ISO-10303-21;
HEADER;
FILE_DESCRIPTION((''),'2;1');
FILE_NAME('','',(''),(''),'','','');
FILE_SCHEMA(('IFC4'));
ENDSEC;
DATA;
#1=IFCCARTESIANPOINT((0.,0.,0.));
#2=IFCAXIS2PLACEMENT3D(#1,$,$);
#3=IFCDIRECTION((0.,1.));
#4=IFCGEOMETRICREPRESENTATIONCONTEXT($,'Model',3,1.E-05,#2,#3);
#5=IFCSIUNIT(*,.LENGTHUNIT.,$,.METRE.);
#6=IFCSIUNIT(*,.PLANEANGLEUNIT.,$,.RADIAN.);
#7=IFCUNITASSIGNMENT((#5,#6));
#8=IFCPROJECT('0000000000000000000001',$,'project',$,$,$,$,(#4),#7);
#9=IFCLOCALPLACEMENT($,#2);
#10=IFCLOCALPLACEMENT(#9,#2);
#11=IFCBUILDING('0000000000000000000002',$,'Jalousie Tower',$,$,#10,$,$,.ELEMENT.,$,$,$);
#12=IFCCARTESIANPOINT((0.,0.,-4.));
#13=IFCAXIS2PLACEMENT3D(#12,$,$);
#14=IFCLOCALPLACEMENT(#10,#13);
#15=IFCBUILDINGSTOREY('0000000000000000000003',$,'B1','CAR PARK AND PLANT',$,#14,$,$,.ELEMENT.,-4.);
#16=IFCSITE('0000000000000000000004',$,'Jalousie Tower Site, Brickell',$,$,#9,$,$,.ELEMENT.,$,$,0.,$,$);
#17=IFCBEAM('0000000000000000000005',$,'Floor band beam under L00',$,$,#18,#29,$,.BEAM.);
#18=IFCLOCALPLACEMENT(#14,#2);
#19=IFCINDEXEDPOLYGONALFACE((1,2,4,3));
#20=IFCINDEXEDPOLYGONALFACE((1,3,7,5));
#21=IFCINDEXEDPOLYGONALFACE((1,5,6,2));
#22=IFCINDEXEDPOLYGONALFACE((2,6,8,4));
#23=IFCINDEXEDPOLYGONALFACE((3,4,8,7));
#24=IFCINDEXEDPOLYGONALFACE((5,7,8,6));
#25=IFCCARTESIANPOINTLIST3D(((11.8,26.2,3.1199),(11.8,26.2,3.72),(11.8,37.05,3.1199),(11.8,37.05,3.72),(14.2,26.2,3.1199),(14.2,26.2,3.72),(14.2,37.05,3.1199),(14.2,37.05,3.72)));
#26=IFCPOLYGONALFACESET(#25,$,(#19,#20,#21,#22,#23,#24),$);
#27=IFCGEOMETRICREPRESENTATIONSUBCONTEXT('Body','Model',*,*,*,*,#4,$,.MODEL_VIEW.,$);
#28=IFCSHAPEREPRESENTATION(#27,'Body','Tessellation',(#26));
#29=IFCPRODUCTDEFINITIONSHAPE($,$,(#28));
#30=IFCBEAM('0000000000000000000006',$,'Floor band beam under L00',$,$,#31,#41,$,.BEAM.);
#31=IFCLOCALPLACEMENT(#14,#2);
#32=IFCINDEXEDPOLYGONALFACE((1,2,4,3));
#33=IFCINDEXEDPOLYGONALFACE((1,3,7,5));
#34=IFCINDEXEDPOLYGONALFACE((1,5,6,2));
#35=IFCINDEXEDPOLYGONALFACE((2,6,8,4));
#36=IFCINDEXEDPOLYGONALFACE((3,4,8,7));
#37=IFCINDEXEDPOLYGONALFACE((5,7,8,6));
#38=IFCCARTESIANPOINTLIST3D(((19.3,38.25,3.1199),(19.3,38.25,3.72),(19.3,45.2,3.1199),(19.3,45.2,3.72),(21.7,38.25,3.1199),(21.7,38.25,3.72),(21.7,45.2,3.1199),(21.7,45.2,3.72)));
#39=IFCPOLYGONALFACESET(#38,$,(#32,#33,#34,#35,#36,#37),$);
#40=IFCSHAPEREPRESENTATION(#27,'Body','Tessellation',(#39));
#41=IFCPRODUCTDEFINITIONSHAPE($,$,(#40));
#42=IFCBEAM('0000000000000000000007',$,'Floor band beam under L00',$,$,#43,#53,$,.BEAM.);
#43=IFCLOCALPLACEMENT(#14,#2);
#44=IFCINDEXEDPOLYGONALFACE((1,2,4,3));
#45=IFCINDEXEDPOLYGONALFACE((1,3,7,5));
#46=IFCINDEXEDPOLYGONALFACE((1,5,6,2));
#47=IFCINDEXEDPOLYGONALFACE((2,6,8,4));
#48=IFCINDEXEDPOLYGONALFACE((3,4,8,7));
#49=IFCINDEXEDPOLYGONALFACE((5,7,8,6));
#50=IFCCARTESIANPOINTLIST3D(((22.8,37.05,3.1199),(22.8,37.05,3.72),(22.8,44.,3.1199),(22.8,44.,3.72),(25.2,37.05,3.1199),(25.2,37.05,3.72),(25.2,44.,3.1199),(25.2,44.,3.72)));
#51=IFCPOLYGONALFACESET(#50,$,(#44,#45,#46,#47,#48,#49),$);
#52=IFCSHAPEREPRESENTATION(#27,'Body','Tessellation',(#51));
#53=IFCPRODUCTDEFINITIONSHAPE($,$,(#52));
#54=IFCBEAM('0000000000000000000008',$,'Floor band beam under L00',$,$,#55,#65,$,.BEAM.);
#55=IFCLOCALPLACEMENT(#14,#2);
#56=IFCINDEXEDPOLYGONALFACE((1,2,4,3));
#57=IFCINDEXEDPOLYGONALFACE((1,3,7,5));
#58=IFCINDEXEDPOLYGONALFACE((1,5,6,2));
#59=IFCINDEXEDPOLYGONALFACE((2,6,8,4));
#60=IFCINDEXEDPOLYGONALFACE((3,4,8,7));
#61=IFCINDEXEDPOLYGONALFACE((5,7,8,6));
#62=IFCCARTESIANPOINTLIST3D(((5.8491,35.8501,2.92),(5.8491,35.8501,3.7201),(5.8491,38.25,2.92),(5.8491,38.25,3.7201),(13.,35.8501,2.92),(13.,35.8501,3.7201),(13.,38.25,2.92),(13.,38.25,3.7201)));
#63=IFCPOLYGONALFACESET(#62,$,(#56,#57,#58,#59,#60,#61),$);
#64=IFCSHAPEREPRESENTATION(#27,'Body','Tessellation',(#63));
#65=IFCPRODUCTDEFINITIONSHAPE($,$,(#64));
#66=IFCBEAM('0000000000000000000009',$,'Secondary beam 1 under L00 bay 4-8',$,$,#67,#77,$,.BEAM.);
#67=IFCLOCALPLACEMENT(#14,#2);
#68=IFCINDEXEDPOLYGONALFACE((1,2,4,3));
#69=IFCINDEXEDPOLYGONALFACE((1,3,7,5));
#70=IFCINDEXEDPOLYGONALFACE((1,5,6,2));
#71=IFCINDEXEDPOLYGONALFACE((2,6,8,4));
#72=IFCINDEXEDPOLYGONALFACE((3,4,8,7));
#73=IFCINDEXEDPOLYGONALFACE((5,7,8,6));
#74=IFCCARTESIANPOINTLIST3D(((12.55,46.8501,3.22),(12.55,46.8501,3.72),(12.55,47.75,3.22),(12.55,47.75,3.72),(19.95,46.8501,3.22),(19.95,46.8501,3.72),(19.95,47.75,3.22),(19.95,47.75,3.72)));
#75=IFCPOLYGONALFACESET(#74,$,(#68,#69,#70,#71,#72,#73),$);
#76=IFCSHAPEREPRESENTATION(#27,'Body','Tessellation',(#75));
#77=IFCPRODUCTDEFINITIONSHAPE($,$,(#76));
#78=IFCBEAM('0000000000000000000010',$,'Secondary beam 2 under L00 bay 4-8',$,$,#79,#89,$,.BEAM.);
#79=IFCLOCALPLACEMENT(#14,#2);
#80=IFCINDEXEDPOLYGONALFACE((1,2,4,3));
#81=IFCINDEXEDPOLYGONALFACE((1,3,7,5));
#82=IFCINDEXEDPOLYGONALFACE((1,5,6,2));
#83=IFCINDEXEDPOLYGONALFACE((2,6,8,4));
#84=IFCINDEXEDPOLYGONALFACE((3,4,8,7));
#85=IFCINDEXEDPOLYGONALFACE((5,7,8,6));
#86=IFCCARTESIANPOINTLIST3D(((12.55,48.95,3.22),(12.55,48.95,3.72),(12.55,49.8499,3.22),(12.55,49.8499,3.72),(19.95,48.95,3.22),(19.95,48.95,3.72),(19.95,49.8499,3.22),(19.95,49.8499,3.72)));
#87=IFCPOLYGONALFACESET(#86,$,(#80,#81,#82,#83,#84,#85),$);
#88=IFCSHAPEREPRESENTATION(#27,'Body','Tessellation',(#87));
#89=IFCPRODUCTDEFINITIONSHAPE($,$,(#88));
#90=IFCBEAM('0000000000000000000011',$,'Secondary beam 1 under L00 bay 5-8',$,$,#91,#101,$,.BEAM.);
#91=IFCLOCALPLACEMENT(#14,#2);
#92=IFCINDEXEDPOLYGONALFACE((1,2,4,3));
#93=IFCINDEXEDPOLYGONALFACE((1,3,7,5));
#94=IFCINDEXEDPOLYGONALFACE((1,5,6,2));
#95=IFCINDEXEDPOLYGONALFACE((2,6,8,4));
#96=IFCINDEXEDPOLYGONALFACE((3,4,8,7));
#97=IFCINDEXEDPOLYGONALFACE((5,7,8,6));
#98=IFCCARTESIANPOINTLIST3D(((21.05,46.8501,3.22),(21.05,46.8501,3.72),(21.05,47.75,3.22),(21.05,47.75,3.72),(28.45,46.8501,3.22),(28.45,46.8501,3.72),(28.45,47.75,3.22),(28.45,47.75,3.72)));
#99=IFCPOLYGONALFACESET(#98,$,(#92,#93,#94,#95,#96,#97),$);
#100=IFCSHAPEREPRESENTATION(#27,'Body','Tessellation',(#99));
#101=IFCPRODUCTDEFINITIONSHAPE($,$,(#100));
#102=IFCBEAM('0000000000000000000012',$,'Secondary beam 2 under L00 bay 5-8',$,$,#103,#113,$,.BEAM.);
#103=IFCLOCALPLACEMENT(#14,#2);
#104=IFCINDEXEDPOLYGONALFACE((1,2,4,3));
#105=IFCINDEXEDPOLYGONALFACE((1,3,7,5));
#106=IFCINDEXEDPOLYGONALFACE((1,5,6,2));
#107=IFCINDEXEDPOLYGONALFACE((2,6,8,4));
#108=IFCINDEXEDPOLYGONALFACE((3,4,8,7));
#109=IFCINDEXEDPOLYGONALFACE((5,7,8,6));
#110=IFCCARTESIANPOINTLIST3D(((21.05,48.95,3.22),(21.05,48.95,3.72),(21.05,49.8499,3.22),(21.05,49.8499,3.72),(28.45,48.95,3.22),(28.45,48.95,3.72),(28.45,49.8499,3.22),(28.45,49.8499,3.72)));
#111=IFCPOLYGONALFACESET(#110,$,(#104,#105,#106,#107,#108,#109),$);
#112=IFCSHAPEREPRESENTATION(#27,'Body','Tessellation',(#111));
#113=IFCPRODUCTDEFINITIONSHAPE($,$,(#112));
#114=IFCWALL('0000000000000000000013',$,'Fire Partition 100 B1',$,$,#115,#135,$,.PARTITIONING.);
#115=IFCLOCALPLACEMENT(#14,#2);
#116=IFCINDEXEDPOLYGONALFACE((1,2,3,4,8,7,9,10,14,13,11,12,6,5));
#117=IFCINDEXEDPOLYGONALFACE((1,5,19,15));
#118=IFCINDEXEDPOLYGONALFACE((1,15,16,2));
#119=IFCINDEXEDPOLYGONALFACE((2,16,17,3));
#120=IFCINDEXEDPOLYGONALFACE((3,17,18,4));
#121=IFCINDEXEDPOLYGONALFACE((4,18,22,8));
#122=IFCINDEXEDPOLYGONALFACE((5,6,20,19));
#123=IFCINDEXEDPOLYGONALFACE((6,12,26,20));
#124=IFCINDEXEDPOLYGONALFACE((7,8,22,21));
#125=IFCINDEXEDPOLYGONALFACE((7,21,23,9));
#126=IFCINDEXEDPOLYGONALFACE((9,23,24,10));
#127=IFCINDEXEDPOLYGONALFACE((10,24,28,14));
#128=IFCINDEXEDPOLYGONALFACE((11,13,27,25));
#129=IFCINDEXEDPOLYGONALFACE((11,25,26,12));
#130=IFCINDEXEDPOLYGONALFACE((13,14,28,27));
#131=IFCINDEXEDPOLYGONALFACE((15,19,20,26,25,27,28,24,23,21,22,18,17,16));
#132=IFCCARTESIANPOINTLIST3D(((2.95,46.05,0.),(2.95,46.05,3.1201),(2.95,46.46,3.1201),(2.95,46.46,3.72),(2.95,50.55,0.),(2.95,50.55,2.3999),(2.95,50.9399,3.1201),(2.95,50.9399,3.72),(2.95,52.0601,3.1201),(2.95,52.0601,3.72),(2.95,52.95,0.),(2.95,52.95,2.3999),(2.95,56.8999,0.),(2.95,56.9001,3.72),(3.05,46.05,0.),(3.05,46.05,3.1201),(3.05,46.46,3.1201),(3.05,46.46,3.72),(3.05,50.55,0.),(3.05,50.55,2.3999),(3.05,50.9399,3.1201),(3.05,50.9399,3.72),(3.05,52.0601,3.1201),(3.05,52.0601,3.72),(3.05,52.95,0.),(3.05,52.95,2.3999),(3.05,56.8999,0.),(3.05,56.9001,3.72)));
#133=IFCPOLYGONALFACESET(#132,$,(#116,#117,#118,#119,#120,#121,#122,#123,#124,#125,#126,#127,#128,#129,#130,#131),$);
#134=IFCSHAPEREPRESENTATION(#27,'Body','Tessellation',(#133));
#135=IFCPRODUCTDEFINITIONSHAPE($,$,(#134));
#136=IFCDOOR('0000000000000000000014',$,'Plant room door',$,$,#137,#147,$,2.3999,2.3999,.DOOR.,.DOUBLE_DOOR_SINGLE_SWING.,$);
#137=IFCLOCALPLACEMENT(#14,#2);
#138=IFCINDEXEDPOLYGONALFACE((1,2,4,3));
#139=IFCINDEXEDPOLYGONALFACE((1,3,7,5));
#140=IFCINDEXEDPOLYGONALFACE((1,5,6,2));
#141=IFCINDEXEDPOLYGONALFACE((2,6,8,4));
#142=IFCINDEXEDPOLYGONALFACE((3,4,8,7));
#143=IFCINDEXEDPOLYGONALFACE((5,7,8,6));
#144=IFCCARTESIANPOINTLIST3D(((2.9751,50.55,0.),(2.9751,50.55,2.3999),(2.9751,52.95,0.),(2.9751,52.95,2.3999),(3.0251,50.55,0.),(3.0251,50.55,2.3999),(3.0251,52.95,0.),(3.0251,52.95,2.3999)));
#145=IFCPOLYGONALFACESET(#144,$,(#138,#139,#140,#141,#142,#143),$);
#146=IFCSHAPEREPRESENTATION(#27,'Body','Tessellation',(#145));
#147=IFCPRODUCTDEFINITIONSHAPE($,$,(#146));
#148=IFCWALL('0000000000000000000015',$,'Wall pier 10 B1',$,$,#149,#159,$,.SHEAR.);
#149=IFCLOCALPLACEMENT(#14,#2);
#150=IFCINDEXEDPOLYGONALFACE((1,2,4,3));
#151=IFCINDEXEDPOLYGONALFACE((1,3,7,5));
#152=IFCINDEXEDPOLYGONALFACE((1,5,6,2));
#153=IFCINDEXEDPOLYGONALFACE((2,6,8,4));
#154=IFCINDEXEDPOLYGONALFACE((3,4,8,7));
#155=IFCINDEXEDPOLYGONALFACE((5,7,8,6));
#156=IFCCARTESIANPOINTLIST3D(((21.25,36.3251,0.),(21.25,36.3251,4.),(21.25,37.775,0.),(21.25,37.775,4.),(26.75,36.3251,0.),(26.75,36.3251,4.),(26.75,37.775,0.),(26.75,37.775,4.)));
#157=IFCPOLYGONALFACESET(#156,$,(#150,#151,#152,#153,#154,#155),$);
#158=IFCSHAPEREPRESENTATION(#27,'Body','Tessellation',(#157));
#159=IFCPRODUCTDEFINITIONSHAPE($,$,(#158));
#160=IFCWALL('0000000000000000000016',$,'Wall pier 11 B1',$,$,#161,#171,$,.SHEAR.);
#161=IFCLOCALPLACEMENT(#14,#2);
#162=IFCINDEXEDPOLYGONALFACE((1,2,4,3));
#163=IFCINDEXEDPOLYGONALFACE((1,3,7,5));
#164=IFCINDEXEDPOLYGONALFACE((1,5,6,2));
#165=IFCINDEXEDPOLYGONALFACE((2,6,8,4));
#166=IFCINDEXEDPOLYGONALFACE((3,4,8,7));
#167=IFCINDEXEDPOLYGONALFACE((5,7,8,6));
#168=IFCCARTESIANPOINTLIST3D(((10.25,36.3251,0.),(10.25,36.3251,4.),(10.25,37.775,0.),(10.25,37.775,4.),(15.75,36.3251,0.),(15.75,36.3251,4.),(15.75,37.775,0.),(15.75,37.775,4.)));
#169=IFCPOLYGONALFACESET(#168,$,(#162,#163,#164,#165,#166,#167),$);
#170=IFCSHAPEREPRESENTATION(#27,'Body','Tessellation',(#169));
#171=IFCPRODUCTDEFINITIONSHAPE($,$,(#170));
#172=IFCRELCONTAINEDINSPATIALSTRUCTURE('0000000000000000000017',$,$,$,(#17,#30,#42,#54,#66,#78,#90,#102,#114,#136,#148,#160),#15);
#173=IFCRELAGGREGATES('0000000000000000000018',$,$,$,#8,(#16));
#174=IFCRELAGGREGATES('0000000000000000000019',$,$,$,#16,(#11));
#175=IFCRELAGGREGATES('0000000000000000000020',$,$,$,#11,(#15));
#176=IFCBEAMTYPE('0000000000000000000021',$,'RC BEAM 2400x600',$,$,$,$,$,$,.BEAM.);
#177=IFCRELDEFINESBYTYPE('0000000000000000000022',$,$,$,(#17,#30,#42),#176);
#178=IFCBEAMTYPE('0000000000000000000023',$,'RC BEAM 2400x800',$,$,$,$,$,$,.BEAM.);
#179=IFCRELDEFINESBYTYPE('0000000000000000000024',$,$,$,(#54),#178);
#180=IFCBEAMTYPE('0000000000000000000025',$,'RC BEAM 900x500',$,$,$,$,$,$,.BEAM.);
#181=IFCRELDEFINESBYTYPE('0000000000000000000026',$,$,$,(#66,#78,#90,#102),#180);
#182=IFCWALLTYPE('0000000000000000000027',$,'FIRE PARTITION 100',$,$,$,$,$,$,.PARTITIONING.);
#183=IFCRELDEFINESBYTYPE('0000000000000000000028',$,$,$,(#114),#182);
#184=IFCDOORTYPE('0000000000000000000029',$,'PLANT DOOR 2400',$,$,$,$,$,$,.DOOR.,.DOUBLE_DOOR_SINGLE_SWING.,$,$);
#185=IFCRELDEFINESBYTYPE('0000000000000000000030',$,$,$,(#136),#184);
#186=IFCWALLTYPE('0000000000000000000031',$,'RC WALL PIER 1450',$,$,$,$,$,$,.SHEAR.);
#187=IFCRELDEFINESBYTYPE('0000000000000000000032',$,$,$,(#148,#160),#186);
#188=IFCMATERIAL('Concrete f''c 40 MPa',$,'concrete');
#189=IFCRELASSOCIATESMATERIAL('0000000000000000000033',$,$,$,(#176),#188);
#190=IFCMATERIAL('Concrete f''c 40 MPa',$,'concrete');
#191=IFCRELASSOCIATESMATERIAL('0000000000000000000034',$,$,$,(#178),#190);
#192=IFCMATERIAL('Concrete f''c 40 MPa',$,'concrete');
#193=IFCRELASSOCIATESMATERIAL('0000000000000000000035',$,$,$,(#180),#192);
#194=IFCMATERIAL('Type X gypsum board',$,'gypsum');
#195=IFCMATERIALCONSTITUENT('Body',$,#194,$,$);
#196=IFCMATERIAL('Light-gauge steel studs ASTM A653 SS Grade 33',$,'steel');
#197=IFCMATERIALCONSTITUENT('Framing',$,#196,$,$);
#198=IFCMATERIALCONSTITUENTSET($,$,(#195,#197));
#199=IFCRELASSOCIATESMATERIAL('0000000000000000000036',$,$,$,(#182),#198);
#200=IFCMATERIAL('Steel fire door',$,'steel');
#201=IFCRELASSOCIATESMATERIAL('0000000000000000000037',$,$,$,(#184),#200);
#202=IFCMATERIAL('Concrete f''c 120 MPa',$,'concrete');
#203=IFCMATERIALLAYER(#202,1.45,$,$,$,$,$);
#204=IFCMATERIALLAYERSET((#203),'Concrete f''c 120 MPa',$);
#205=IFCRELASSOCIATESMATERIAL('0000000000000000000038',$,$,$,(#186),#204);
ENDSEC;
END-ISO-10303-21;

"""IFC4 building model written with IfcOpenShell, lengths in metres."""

from ifc_helpers import new_model, si_unit, direction, frame, frame_2d, origin, origin_2d, place, context, subcontext, project, spatial, polyline, rectangle, outline, extrude, material, layer, layer_set, constituent, constituent_set, material_profile, profile_set, type_object, element, fill, save


model = new_model("IFC4")

# Units and contexts
model_context = context("Model", 3, precision=1e-05, world=origin(), true_north=direction((0.0, 1.0)))
body_context = subcontext(model_context, "Body", "Model", "MODEL_VIEW")
ifc_project = project(units=[si_unit("LENGTHUNIT", "METRE"), si_unit("PLANEANGLEUNIT", "RADIAN")], contexts=[model_context])

# Site, building, storey
site_placement = place(None, origin())
site = spatial("IfcSite", under=ifc_project, at=site_placement, Name="Jalousie Tower Site, Brickell", CompositionType="ELEMENT", RefElevation=0.0)
building_placement = place(site_placement, origin())
building = spatial("IfcBuilding", under=site, at=building_placement, Name="Jalousie Tower", CompositionType="ELEMENT")
storey_placement = place(building_placement, frame((0.0, 0.0, -4.0)))
storey = spatial("IfcBuildingStorey", under=building, at=storey_placement, Name="B1", Description="CAR PARK AND PLANT", CompositionType="ELEMENT", Elevation=-4.0)

# Beams
ifc_material_1 = material(Name="Concrete f'c 40 MPa", Category="concrete")
ifc_material_profile_1 = material_profile(ifc_material_1, rectangle(XDim=2.3999, YDim=0.6001, at=origin_2d()), Name="RC 2400x600")
ifc_profile_set_1 = profile_set([ifc_material_profile_1], Name="Concrete f'c 40 MPa")
beam_type_1 = type_object("IfcBeamType", Name="RC BEAM 2400x600", PredefinedType="BEAM", material=ifc_profile_set_1)
beam_1_placement = place(storey_placement, frame((13.0, 37.05, 3.4199), z_axis=(0.0, -1.0, 0.0), x_axis=(1.0, 0.0, 0.0)))
element("IfcBeam", 1, at=beam_1_placement, inside=storey, type_object=beam_type_1, Name="Floor band beam under L00", PredefinedType="BEAM", context=body_context, shape_type="SweptSolid", body=[
    extrude(rectangle(XDim=2.3999, YDim=0.6001, at=origin_2d()), origin(), (0.0, 0.0, 1.0), 10.8501),
])
for number, where, z_axis, x_axis, name in (
    (2, (20.5, 45.2, 3.4199), (0.0, -1.0, 0.0), (1.0, 0.0, 0.0), "Floor band beam under L00"),
    (3, (24.0, 37.05, 3.4199), (0.0, 1.0, 0.0), (-1.0, 0.0, 0.0), "Floor band beam under L00"),
):
    element("IfcBeam", number, at=place(storey_placement, frame(where, z_axis=z_axis, x_axis=x_axis)), inside=storey, type_object=beam_type_1, Name=name, PredefinedType="BEAM", context=body_context, shape_type="SweptSolid", body=[
        extrude(rectangle(XDim=2.3999, YDim=0.6001, at=origin_2d()), origin(), (0.0, 0.0, 1.0), 6.95),
    ])
ifc_material_2 = material(Name="Concrete f'c 40 MPa", Category="concrete")
ifc_material_profile_2 = material_profile(ifc_material_2, rectangle(XDim=2.3999, YDim=0.8, at=origin_2d()), Name="RC 2400x800")
ifc_profile_set_2 = profile_set([ifc_material_profile_2], Name="Concrete f'c 40 MPa")
beam_type_2 = type_object("IfcBeamType", Name="RC BEAM 2400x800", PredefinedType="BEAM", material=ifc_profile_set_2)
beam_2_placement = place(storey_placement, frame((13.0, 37.05, 3.3201), z_axis=(-1.0, 0.0, 0.0), x_axis=(0.0, -1.0, 0.0)))
element("IfcBeam", 4, at=beam_2_placement, inside=storey, type_object=beam_type_2, Name="Floor band beam under L00", PredefinedType="BEAM", context=body_context, shape_type="SweptSolid", body=[
    extrude(rectangle(XDim=2.3999, YDim=0.8, at=origin_2d()), origin(), (0.0, 0.0, 1.0), 7.1509),
])
ifc_material_3 = material(Name="Concrete f'c 40 MPa", Category="concrete")
ifc_material_profile_3 = material_profile(ifc_material_3, rectangle(XDim=0.8999, YDim=0.5, at=origin_2d()), Name="RC 900x500")
ifc_profile_set_3 = profile_set([ifc_material_profile_3], Name="Concrete f'c 40 MPa")
beam_type_3 = type_object("IfcBeamType", Name="RC BEAM 900x500", PredefinedType="BEAM", material=ifc_profile_set_3)
for number, where, z_axis, x_axis, name in (
    (5, (12.55, 47.3, 3.47), (1.0, 0.0, 0.0), (0.0, 1.0, 0.0), "Secondary beam 1 under L00 bay 4-8"),
    (6, (12.55, 49.3999, 3.47), (1.0, 0.0, 0.0), (0.0, 1.0, 0.0), "Secondary beam 2 under L00 bay 4-8"),
    (7, (21.05, 47.3, 3.47), (1.0, 0.0, 0.0), (0.0, 1.0, 0.0), "Secondary beam 1 under L00 bay 5-8"),
    (8, (21.05, 49.3999, 3.47), (1.0, 0.0, 0.0), (0.0, 1.0, 0.0), "Secondary beam 2 under L00 bay 5-8"),
):
    element("IfcBeam", number, at=place(storey_placement, frame(where, z_axis=z_axis, x_axis=x_axis)), inside=storey, type_object=beam_type_3, Name=name, PredefinedType="BEAM", context=body_context, shape_type="SweptSolid", body=[
        extrude(rectangle(XDim=0.8999, YDim=0.5, at=origin_2d()), origin(), (0.0, 0.0, 1.0), 7.3999),
    ])

# Wall, opening, door
ifc_material_4 = material(Name="Type X gypsum board", Category="gypsum")
ifc_constituent_1 = constituent(ifc_material_4, Name="Body")
ifc_material_5 = material(Name="Light-gauge steel studs ASTM A653 SS Grade 33", Category="steel")
ifc_constituent_2 = constituent(ifc_material_5, Name="Framing")
ifc_constituent_set = constituent_set(constituents=[ifc_constituent_1, ifc_constituent_2])
wall_type_1 = type_object("IfcWallType", Name="FIRE PARTITION 100", PredefinedType="PARTITIONING", material=ifc_constituent_set)
wall_placement = place(storey_placement, frame((3.0, 46.05, 0.0), z_axis=(0.0, 0.0, 1.0), x_axis=(0.0, 1.0, 0.0)))
wall = element("IfcWall", 9, at=wall_placement, inside=storey, type_object=wall_type_1, Name="Fire Partition 100 B1", PredefinedType="PARTITIONING", context=body_context, shape_type="SweptSolid", body=[
    extrude(outline(polyline([(0.0, 0.0), (10.8499, 0.0), (10.8501, 3.72), (6.01, 3.72), (6.01, 3.1201), (4.8899, 3.1201), (4.8899, 3.72), (0.4099, 3.72), (0.4099, 3.1201), (0.0, 3.1201), (0.0, 3.72), (0.0, 0.0)])), frame((0.0, 0.05, 0.0), z_axis=(0.0, -1.0, 0.0), x_axis=(1.0, 0.0, 0.0)), (0.0, 0.0, 1.0), 0.1001),
])
opening_placement = place(wall_placement, frame((4.5, 0.0, 0.0)))
opening = element("IfcOpeningElement", 10, at=opening_placement, cuts=wall, PredefinedType="OPENING", context=body_context, shape_type="SweptSolid", body=[
    extrude(rectangle(XDim=2.3999, YDim=2.3999, at=frame_2d((1.2, 1.2))), frame((0.0, 0.0601, 0.0), z_axis=(0.0, -1.0, 0.0), x_axis=(1.0, 0.0, 0.0)), (0.0, 0.0, 1.0), 0.1201),
])
ifc_material_6 = material(Name="Steel fire door", Category="steel")
door_type = type_object("IfcDoorType", Name="PLANT DOOR 2400", OperationType="DOUBLE_DOOR_SINGLE_SWING", PredefinedType="DOOR", material=ifc_material_6)
door_placement = place(opening_placement, origin())
door = element("IfcDoor", 11, at=door_placement, inside=storey, type_object=door_type, Name="Plant room door", OperationType="DOUBLE_DOOR_SINGLE_SWING", OverallHeight=2.3999, OverallWidth=2.3999, PredefinedType="DOOR", context=body_context, shape_type="SweptSolid", body=[
    extrude(rectangle(XDim=2.3999, YDim=2.3999, at=frame_2d((1.2, 1.2))), frame((0.0, 0.0249, 0.0), z_axis=(0.0, -1.0, 0.0), x_axis=(1.0, 0.0, 0.0)), (0.0, 0.0, 1.0), 0.05),
])
fill(opening, door)

# Walls
ifc_material_7 = material(Name="Concrete f'c 120 MPa", Category="concrete")
ifc_layer = layer(ifc_material_7, 1.45)
ifc_layer_set = layer_set([ifc_layer], Name="Concrete f'c 120 MPa")
wall_type_2 = type_object("IfcWallType", Name="RC WALL PIER 1450", PredefinedType="SHEAR", material=ifc_layer_set)
for number, where, z_axis, x_axis, name in (
    (12, (21.25, 37.05, 0.0), (0.0, 0.0, 1.0), (1.0, 0.0, 0.0), "Wall pier 10 B1"),
    (13, (10.25, 37.05, 0.0), (0.0, 0.0, 1.0), (1.0, 0.0, 0.0), "Wall pier 11 B1"),
):
    element("IfcWall", number, at=place(storey_placement, frame(where, z_axis=z_axis, x_axis=x_axis)), inside=storey, type_object=wall_type_2, Name=name, PredefinedType="SHEAR", context=body_context, shape_type="SweptSolid", body=[
        extrude(rectangle(XDim=5.5, YDim=1.45, at=frame_2d((2.75, 0.0))), origin(), (0.0, 0.0, 1.0), 4.0),
    ])

save(model, "model.ifc")
